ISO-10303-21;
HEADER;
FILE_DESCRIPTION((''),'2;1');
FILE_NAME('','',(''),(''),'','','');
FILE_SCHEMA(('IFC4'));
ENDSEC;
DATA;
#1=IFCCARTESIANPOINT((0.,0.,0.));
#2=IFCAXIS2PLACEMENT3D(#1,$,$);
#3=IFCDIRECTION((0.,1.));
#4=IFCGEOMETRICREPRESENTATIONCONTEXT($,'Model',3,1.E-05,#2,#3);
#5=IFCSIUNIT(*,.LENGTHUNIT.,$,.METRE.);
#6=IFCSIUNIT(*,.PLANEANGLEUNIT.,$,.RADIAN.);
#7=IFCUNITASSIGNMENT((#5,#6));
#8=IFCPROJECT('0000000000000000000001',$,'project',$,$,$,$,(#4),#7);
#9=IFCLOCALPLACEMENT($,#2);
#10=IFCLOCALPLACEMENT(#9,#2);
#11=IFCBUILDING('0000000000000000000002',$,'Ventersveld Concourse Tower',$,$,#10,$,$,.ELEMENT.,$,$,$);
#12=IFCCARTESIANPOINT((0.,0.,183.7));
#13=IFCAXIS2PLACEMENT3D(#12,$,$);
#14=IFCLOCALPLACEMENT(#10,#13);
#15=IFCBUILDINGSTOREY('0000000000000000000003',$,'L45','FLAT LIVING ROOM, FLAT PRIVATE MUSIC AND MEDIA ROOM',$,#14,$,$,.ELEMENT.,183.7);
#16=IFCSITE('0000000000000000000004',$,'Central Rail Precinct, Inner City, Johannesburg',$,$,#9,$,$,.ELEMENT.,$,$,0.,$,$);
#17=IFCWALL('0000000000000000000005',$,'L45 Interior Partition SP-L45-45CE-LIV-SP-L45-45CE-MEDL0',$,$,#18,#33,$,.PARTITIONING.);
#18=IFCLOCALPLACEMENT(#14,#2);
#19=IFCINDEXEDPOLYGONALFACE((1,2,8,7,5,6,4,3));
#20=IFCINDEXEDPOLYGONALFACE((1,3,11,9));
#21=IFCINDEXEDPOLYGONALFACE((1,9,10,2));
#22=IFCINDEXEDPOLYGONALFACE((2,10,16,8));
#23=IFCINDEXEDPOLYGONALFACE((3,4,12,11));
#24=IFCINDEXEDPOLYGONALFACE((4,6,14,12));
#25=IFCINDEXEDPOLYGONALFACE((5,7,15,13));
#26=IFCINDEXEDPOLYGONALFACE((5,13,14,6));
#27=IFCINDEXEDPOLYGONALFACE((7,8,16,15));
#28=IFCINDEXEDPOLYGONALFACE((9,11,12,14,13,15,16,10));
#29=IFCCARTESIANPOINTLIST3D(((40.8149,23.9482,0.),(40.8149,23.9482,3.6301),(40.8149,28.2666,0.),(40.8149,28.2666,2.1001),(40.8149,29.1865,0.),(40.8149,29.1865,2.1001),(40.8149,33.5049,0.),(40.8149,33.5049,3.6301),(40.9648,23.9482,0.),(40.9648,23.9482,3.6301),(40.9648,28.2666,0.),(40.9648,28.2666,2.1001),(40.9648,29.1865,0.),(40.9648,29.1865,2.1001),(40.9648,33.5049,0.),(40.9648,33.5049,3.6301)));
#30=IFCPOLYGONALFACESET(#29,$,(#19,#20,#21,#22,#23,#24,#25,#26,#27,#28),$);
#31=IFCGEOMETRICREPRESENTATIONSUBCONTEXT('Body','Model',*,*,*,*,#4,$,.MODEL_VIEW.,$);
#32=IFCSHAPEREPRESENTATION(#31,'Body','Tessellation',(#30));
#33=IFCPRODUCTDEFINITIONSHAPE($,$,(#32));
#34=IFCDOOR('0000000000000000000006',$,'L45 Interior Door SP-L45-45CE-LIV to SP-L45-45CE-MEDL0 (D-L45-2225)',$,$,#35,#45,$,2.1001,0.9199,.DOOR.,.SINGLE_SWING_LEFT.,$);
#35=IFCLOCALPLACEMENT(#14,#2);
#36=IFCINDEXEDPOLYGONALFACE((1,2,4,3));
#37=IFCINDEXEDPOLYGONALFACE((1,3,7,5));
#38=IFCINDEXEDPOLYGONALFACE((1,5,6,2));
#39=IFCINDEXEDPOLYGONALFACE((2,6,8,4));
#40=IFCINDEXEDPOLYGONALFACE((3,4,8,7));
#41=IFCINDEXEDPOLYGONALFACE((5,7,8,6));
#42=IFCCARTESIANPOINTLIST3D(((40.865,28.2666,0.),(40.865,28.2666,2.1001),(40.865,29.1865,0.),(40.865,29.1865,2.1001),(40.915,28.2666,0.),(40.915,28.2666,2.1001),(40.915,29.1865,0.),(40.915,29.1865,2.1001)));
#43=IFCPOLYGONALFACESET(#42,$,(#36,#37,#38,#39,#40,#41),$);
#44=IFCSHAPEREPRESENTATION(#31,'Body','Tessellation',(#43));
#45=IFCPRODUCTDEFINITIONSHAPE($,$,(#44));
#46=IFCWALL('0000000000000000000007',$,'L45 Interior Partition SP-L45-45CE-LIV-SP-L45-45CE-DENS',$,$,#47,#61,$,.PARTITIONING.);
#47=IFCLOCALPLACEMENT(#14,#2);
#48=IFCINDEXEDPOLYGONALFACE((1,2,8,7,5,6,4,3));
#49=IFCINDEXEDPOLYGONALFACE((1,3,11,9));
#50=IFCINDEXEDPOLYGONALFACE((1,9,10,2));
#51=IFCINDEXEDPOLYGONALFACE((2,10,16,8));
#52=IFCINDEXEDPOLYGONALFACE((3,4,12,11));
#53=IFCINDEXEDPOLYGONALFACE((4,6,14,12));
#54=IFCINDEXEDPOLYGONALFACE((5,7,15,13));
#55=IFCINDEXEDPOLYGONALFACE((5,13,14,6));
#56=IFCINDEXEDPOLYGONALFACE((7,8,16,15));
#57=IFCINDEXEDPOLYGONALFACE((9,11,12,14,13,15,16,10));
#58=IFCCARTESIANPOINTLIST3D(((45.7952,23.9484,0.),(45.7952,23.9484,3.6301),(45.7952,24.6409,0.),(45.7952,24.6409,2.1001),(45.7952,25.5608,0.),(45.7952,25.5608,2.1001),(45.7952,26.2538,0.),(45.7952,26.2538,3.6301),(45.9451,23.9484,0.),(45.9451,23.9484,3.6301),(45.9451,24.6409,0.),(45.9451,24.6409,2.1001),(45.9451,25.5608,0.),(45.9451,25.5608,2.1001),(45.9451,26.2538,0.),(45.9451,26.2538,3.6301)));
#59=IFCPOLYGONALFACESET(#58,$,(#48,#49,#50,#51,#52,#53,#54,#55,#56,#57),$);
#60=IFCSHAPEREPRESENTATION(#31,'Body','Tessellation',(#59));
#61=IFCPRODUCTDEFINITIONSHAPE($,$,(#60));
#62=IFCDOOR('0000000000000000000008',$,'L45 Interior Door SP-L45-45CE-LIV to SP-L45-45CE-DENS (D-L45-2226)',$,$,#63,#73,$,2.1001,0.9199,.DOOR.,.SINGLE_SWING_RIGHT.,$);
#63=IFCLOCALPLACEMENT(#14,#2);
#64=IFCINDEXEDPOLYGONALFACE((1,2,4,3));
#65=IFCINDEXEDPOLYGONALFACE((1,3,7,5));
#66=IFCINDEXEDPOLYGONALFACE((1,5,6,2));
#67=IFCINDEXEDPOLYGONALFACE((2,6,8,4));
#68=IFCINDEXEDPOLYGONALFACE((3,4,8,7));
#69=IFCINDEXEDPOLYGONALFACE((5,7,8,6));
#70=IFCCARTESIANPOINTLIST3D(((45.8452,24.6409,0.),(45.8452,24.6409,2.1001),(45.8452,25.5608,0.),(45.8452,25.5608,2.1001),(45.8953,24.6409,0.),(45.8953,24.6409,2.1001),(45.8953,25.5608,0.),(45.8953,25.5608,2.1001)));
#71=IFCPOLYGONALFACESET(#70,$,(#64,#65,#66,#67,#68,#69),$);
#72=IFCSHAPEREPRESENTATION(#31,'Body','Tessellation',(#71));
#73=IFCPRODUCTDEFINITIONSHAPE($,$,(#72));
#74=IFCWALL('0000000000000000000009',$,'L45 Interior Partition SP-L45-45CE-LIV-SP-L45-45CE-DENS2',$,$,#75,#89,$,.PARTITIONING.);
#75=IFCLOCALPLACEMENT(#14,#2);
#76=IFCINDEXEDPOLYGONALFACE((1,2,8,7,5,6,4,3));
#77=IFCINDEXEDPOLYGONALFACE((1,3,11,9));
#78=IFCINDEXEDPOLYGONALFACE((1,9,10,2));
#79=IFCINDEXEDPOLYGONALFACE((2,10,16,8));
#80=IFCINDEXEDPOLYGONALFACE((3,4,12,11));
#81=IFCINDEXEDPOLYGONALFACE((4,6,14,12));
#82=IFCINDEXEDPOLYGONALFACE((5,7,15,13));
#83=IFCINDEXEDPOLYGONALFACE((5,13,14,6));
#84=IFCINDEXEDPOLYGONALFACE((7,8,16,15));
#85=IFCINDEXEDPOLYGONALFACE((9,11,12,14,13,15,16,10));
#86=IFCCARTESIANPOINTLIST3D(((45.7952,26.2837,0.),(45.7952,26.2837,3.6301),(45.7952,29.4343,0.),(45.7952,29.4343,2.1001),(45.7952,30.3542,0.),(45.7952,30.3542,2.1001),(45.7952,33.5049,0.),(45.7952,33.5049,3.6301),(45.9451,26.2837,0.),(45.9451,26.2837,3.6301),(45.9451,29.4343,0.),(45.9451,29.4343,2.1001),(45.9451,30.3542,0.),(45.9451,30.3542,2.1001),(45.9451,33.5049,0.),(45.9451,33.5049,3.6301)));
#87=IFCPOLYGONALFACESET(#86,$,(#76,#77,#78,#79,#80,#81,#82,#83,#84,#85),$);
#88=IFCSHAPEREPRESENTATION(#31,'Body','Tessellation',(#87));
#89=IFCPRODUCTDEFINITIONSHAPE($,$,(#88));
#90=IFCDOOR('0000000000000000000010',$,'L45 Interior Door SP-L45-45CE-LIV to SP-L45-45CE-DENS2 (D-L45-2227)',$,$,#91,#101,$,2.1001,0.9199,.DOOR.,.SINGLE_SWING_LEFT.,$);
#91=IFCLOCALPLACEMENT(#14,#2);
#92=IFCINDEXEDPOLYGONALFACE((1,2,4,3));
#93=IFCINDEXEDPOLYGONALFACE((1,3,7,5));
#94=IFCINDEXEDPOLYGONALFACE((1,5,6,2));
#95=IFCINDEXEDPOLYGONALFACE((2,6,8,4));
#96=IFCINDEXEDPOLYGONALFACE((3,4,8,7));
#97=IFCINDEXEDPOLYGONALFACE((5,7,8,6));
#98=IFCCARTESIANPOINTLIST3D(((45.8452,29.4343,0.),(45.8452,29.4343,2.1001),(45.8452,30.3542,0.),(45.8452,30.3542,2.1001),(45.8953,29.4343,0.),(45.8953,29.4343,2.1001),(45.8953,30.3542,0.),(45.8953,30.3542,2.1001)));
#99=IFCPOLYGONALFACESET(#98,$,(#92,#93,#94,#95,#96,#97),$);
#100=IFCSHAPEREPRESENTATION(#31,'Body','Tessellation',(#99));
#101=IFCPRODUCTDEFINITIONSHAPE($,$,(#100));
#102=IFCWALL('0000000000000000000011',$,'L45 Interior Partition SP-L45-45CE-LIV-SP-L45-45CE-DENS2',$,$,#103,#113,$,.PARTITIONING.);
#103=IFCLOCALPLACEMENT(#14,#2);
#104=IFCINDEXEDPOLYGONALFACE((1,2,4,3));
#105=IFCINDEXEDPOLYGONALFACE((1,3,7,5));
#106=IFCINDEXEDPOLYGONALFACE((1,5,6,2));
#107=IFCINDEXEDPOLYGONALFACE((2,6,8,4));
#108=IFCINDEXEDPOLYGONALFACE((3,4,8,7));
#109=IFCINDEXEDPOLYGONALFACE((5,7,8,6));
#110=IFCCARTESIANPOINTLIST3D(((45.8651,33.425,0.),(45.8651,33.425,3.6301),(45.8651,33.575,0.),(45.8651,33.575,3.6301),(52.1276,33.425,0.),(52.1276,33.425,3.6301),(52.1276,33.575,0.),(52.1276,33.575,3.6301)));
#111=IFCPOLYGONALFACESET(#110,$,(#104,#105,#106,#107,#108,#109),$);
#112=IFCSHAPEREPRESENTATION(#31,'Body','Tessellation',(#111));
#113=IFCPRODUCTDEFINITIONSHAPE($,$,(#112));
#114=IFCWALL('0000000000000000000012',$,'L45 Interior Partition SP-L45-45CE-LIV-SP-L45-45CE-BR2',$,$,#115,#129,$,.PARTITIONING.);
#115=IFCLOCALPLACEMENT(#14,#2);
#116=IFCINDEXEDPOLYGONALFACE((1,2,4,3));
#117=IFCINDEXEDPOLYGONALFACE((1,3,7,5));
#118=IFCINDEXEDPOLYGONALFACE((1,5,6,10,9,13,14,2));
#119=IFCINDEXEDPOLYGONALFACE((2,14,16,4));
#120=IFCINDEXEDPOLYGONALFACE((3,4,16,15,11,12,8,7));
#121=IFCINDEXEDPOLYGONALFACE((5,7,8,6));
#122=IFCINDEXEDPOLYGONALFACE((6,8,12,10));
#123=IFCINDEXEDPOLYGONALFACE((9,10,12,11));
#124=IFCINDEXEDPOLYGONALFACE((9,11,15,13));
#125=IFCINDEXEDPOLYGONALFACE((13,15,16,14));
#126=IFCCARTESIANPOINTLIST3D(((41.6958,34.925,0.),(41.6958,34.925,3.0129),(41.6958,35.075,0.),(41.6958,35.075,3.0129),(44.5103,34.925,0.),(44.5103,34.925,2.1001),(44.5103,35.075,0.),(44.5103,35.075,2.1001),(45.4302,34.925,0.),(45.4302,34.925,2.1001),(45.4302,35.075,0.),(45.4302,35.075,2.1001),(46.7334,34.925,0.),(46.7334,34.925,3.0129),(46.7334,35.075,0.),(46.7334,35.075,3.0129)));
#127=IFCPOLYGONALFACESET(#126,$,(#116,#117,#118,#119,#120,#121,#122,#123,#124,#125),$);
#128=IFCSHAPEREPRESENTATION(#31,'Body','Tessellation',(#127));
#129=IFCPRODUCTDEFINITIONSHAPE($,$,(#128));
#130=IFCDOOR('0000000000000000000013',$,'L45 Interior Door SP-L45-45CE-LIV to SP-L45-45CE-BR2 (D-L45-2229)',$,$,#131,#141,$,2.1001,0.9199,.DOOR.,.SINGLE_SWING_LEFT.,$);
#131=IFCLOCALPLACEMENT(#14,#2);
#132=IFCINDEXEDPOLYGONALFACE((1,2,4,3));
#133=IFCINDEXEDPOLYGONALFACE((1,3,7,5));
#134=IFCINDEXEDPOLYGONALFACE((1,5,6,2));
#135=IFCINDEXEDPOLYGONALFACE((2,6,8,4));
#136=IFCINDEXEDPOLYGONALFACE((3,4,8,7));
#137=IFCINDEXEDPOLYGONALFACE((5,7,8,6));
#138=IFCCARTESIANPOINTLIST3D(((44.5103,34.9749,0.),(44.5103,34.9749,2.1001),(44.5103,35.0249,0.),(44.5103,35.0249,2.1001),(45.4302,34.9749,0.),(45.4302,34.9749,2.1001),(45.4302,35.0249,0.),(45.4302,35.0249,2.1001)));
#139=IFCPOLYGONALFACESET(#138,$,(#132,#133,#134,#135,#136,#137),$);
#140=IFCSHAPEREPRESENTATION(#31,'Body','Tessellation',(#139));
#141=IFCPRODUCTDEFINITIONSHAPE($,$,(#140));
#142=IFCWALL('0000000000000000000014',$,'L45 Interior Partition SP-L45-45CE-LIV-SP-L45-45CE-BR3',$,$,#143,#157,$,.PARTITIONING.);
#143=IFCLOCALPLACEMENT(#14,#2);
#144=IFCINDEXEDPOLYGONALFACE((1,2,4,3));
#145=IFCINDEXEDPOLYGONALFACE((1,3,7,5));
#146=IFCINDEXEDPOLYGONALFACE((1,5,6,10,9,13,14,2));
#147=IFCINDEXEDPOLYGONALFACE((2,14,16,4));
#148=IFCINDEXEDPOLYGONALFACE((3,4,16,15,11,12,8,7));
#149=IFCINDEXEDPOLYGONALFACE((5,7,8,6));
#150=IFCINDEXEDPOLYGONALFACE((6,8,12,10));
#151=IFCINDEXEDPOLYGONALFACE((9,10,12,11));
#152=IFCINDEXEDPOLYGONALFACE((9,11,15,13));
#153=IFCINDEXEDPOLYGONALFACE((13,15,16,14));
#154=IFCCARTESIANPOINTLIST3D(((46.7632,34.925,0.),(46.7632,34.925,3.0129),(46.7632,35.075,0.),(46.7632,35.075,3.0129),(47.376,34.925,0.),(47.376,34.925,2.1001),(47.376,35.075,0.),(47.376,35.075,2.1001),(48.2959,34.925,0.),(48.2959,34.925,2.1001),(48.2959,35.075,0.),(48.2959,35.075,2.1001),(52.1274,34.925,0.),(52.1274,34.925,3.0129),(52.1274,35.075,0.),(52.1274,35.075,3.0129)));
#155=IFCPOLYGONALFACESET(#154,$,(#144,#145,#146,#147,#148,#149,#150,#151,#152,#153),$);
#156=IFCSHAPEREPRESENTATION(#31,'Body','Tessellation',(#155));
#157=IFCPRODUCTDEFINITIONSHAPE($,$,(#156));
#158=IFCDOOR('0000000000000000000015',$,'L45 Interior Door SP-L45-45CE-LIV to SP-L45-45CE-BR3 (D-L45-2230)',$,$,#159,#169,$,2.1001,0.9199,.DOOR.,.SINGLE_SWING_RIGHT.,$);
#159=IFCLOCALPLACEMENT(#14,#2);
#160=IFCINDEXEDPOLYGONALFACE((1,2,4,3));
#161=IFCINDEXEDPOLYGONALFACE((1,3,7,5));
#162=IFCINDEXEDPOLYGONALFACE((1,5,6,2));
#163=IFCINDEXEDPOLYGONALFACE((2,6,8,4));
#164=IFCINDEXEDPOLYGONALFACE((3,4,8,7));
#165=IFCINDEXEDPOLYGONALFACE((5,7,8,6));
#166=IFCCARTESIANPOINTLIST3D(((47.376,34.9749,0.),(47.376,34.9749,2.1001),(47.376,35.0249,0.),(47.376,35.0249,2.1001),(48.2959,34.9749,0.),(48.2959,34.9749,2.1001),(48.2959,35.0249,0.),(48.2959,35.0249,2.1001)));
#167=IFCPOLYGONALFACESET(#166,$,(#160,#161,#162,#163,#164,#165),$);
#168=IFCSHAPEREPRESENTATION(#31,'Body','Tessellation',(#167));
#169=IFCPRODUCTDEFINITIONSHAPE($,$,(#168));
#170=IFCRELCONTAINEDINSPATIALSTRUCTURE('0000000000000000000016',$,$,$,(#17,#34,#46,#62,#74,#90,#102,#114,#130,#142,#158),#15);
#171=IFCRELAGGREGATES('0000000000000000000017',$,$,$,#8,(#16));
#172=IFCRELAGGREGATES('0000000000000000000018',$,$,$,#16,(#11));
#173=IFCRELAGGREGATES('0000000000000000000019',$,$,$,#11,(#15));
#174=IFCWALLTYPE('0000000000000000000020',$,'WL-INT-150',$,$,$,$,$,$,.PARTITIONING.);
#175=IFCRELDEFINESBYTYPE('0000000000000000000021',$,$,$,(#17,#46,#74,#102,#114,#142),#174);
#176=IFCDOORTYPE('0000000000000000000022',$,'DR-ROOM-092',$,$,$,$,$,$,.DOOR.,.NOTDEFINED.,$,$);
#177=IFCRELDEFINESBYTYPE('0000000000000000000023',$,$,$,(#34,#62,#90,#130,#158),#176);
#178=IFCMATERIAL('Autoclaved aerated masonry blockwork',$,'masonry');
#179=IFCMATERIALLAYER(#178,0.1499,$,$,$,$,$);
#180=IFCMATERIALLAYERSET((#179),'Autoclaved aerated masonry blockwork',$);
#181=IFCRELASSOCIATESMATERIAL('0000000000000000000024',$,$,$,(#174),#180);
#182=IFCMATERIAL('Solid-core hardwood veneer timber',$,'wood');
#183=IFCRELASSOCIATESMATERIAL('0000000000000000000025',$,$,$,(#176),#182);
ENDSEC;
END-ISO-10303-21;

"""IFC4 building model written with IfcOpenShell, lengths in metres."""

from ifc_helpers import new_model, si_unit, direction, frame, frame_2d, origin, place, context, subcontext, project, spatial, rectangle, extrude, material, layer, layer_set, type_object, element, fill, save


model = new_model("IFC4")

# Units and contexts
model_context = context("Model", 3, precision=1e-05, world=origin(), true_north=direction((0.0, 1.0)))
body_context = subcontext(model_context, "Body", "Model", "MODEL_VIEW")
ifc_project = project(units=[si_unit("LENGTHUNIT", "METRE"), si_unit("PLANEANGLEUNIT", "RADIAN")], contexts=[model_context])

# Site, building, storey
site_placement = place(None, origin())
site = spatial("IfcSite", under=ifc_project, at=site_placement, Name="Central Rail Precinct, Inner City, Johannesburg", CompositionType="ELEMENT", RefElevation=0.0)
building_placement = place(site_placement, origin())
building = spatial("IfcBuilding", under=site, at=building_placement, Name="Ventersveld Concourse Tower", CompositionType="ELEMENT")
storey_placement = place(building_placement, frame((0.0, 0.0, 183.7)))
storey = spatial("IfcBuildingStorey", under=building, at=storey_placement, Name="L45", Description="FLAT LIVING ROOM, FLAT PRIVATE MUSIC AND MEDIA ROOM", CompositionType="ELEMENT", Elevation=183.7)

# Walls, openings, doors
ifc_material_1 = material(Name="Autoclaved aerated masonry blockwork", Category="masonry")
ifc_layer_1 = layer(ifc_material_1, 0.1499)
ifc_layer_set_1 = layer_set([ifc_layer_1], Name="Autoclaved aerated masonry blockwork")
wall_type_1 = type_object("IfcWallType", Name="WL-INT-150", PredefinedType="PARTITIONING", material=ifc_layer_set_1)
wall_1_placement = place(storey_placement, frame((40.8899, 23.9482, 0.0), z_axis=(0.0, 0.0, 1.0), x_axis=(0.0, 1.0, 0.0)))
wall_1 = element("IfcWall", 1, at=wall_1_placement, inside=storey, type_object=wall_type_1, Name="L45 Interior Partition SP-L45-45CE-LIV-SP-L45-45CE-MEDL0", PredefinedType="PARTITIONING", context=body_context, shape_type="SweptSolid", body=[
    extrude(rectangle(XDim=9.5566, YDim=0.1499, at=frame_2d((4.7783, 0.0))), origin(), (0.0, 0.0, 1.0), 3.6301),
])
opening_1_placement = place(wall_1_placement, frame((4.3184, 0.0, 0.0)))
opening_1 = element("IfcOpeningElement", 2, at=opening_1_placement, cuts=wall_1, PredefinedType="OPENING", context=body_context, shape_type="SweptSolid", body=[
    extrude(rectangle(XDim=0.9199, YDim=2.1001, at=frame_2d((0.46, 1.05))), frame((0.0, 0.085, 0.0), z_axis=(0.0, -1.0, 0.0), x_axis=(1.0, 0.0, 0.0)), (0.0, 0.0, 1.0), 0.1699),
])
ifc_material_2 = material(Name="Solid-core hardwood veneer timber", Category="wood")
door_type = type_object("IfcDoorType", Name="DR-ROOM-092", OperationType="NOTDEFINED", PredefinedType="DOOR", material=ifc_material_2)
door_1_placement = place(opening_1_placement, origin())
door_1 = element("IfcDoor", 3, at=door_1_placement, inside=storey, type_object=door_type, Name="L45 Interior Door SP-L45-45CE-LIV to SP-L45-45CE-MEDL0 (D-L45-2225)", OperationType="SINGLE_SWING_LEFT", OverallHeight=2.1001, OverallWidth=0.9199, PredefinedType="DOOR", context=body_context, shape_type="SweptSolid", body=[
    extrude(rectangle(XDim=0.9199, YDim=2.1001, at=frame_2d((0.46, 1.05))), frame((0.0, 0.0249, 0.0), z_axis=(0.0, -1.0, 0.0), x_axis=(1.0, 0.0, 0.0)), (0.0, 0.0, 1.0), 0.05),
])
fill(opening_1, door_1)
wall_2_placement = place(storey_placement, frame((45.8701, 23.9482, 0.0), z_axis=(0.0, 0.0, 1.0), x_axis=(0.0, 1.0, 0.0)))
wall_2 = element("IfcWall", 4, at=wall_2_placement, inside=storey, type_object=wall_type_1, Name="L45 Interior Partition SP-L45-45CE-LIV-SP-L45-45CE-DENS", PredefinedType="PARTITIONING", context=body_context, shape_type="SweptSolid", body=[
    extrude(rectangle(XDim=2.3054, YDim=0.1499, at=frame_2d((1.1528, 0.0))), origin(), (0.0, 0.0, 1.0), 3.6301),
])
opening_2_placement = place(wall_2_placement, frame((0.6926, 0.0, 0.0)))
opening_2 = element("IfcOpeningElement", 5, at=opening_2_placement, cuts=wall_2, PredefinedType="OPENING", context=body_context, shape_type="SweptSolid", body=[
    extrude(rectangle(XDim=0.9199, YDim=2.1001, at=frame_2d((0.46, 1.05))), frame((0.0, 0.085, 0.0), z_axis=(0.0, -1.0, 0.0), x_axis=(1.0, 0.0, 0.0)), (0.0, 0.0, 1.0), 0.1699),
])
door_2_placement = place(opening_2_placement, origin())
door_2 = element("IfcDoor", 6, at=door_2_placement, inside=storey, type_object=door_type, Name="L45 Interior Door SP-L45-45CE-LIV to SP-L45-45CE-DENS (D-L45-2226)", OperationType="SINGLE_SWING_RIGHT", OverallHeight=2.1001, OverallWidth=0.9199, PredefinedType="DOOR", context=body_context, shape_type="SweptSolid", body=[
    extrude(rectangle(XDim=0.9199, YDim=2.1001, at=frame_2d((0.46, 1.05))), frame((0.0, 0.0249, 0.0), z_axis=(0.0, -1.0, 0.0), x_axis=(1.0, 0.0, 0.0)), (0.0, 0.0, 1.0), 0.05),
])
fill(opening_2, door_2)
wall_3_placement = place(storey_placement, frame((45.8701, 26.2837, 0.0), z_axis=(0.0, 0.0, 1.0), x_axis=(0.0, 1.0, 0.0)))
wall_3 = element("IfcWall", 7, at=wall_3_placement, inside=storey, type_object=wall_type_1, Name="L45 Interior Partition SP-L45-45CE-LIV-SP-L45-45CE-DENS2", PredefinedType="PARTITIONING", context=body_context, shape_type="SweptSolid", body=[
    extrude(rectangle(XDim=7.2212, YDim=0.1499, at=frame_2d((3.6106, 0.0))), origin(), (0.0, 0.0, 1.0), 3.6301),
])
opening_3_placement = place(wall_3_placement, frame((3.1506, 0.0, 0.0)))
opening_3 = element("IfcOpeningElement", 8, at=opening_3_placement, cuts=wall_3, PredefinedType="OPENING", context=body_context, shape_type="SweptSolid", body=[
    extrude(rectangle(XDim=0.9199, YDim=2.1001, at=frame_2d((0.46, 1.05))), frame((0.0, 0.085, 0.0), z_axis=(0.0, -1.0, 0.0), x_axis=(1.0, 0.0, 0.0)), (0.0, 0.0, 1.0), 0.1699),
])
door_3_placement = place(opening_3_placement, origin())
door_3 = element("IfcDoor", 9, at=door_3_placement, inside=storey, type_object=door_type, Name="L45 Interior Door SP-L45-45CE-LIV to SP-L45-45CE-DENS2 (D-L45-2227)", OperationType="SINGLE_SWING_LEFT", OverallHeight=2.1001, OverallWidth=0.9199, PredefinedType="DOOR", context=body_context, shape_type="SweptSolid", body=[
    extrude(rectangle(XDim=0.9199, YDim=2.1001, at=frame_2d((0.46, 1.05))), frame((0.0, 0.0249, 0.0), z_axis=(0.0, -1.0, 0.0), x_axis=(1.0, 0.0, 0.0)), (0.0, 0.0, 1.0), 0.05),
])
fill(opening_3, door_3)

# Wall
wall_4_placement = place(storey_placement, frame((45.865, 33.5, 0.0), z_axis=(0.0, 0.0, 1.0), x_axis=(1.0, 0.0, 0.0)))
element("IfcWall", 10, at=wall_4_placement, inside=storey, type_object=wall_type_1, Name="L45 Interior Partition SP-L45-45CE-LIV-SP-L45-45CE-DENS2", PredefinedType="PARTITIONING", context=body_context, shape_type="SweptSolid", body=[
    extrude(rectangle(XDim=6.2625, YDim=0.1499, at=frame_2d((3.1313, 0.0))), origin(), (0.0, 0.0, 1.0), 3.6301),
])

# Walls, openings, doors
wall_5_placement = place(storey_placement, frame((41.6958, 35.0, 0.0), z_axis=(0.0, 0.0, 1.0), x_axis=(1.0, 0.0, 0.0)))
wall_5 = element("IfcWall", 11, at=wall_5_placement, inside=storey, type_object=wall_type_1, Name="L45 Interior Partition SP-L45-45CE-LIV-SP-L45-45CE-BR2", PredefinedType="PARTITIONING", context=body_context, shape_type="SweptSolid", body=[
    extrude(rectangle(XDim=5.0376, YDim=0.1499, at=frame_2d((2.5188, 0.0))), origin(), (0.0, 0.0, 1.0), 3.0129),
])
opening_4_placement = place(wall_5_placement, frame((2.8145, 0.0, 0.0)))
opening_4 = element("IfcOpeningElement", 12, at=opening_4_placement, cuts=wall_5, PredefinedType="OPENING", context=body_context, shape_type="SweptSolid", body=[
    extrude(rectangle(XDim=0.9199, YDim=2.1001, at=frame_2d((0.46, 1.05))), frame((0.0, 0.085, 0.0), z_axis=(0.0, -1.0, 0.0), x_axis=(1.0, 0.0, 0.0)), (0.0, 0.0, 1.0), 0.1699),
])
door_4_placement = place(opening_4_placement, origin())
door_4 = element("IfcDoor", 13, at=door_4_placement, inside=storey, type_object=door_type, Name="L45 Interior Door SP-L45-45CE-LIV to SP-L45-45CE-BR2 (D-L45-2229)", OperationType="SINGLE_SWING_LEFT", OverallHeight=2.1001, OverallWidth=0.9199, PredefinedType="DOOR", context=body_context, shape_type="SweptSolid", body=[
    extrude(rectangle(XDim=0.9199, YDim=2.1001, at=frame_2d((0.46, 1.05))), frame((0.0, 0.0249, 0.0), z_axis=(0.0, -1.0, 0.0), x_axis=(1.0, 0.0, 0.0)), (0.0, 0.0, 1.0), 0.05),
])
fill(opening_4, door_4)
wall_6_placement = place(storey_placement, frame((46.7632, 35.0, 0.0), z_axis=(0.0, 0.0, 1.0), x_axis=(1.0, 0.0, 0.0)))
wall_6 = element("IfcWall", 14, at=wall_6_placement, inside=storey, type_object=wall_type_1, Name="L45 Interior Partition SP-L45-45CE-LIV-SP-L45-45CE-BR3", PredefinedType="PARTITIONING", context=body_context, shape_type="SweptSolid", body=[
    extrude(rectangle(XDim=5.3643, YDim=0.1499, at=frame_2d((2.6821, 0.0))), origin(), (0.0, 0.0, 1.0), 3.0129),
])
opening_5_placement = place(wall_6_placement, frame((0.6128, 0.0, 0.0)))
opening_5 = element("IfcOpeningElement", 15, at=opening_5_placement, cuts=wall_6, PredefinedType="OPENING", context=body_context, shape_type="SweptSolid", body=[
    extrude(rectangle(XDim=0.9199, YDim=2.1001, at=frame_2d((0.46, 1.05))), frame((0.0, 0.085, 0.0), z_axis=(0.0, -1.0, 0.0), x_axis=(1.0, 0.0, 0.0)), (0.0, 0.0, 1.0), 0.1699),
])
door_5_placement = place(opening_5_placement, origin())
door_5 = element("IfcDoor", 16, at=door_5_placement, inside=storey, type_object=door_type, Name="L45 Interior Door SP-L45-45CE-LIV to SP-L45-45CE-BR3 (D-L45-2230)", OperationType="SINGLE_SWING_RIGHT", OverallHeight=2.1001, OverallWidth=0.9199, PredefinedType="DOOR", context=body_context, shape_type="SweptSolid", body=[
    extrude(rectangle(XDim=0.9199, YDim=2.1001, at=frame_2d((0.46, 1.05))), frame((0.0, 0.0249, 0.0), z_axis=(0.0, -1.0, 0.0), x_axis=(1.0, 0.0, 0.0)), (0.0, 0.0, 1.0), 0.05),
])
fill(opening_5, door_5)

save(model, "model.ifc")
